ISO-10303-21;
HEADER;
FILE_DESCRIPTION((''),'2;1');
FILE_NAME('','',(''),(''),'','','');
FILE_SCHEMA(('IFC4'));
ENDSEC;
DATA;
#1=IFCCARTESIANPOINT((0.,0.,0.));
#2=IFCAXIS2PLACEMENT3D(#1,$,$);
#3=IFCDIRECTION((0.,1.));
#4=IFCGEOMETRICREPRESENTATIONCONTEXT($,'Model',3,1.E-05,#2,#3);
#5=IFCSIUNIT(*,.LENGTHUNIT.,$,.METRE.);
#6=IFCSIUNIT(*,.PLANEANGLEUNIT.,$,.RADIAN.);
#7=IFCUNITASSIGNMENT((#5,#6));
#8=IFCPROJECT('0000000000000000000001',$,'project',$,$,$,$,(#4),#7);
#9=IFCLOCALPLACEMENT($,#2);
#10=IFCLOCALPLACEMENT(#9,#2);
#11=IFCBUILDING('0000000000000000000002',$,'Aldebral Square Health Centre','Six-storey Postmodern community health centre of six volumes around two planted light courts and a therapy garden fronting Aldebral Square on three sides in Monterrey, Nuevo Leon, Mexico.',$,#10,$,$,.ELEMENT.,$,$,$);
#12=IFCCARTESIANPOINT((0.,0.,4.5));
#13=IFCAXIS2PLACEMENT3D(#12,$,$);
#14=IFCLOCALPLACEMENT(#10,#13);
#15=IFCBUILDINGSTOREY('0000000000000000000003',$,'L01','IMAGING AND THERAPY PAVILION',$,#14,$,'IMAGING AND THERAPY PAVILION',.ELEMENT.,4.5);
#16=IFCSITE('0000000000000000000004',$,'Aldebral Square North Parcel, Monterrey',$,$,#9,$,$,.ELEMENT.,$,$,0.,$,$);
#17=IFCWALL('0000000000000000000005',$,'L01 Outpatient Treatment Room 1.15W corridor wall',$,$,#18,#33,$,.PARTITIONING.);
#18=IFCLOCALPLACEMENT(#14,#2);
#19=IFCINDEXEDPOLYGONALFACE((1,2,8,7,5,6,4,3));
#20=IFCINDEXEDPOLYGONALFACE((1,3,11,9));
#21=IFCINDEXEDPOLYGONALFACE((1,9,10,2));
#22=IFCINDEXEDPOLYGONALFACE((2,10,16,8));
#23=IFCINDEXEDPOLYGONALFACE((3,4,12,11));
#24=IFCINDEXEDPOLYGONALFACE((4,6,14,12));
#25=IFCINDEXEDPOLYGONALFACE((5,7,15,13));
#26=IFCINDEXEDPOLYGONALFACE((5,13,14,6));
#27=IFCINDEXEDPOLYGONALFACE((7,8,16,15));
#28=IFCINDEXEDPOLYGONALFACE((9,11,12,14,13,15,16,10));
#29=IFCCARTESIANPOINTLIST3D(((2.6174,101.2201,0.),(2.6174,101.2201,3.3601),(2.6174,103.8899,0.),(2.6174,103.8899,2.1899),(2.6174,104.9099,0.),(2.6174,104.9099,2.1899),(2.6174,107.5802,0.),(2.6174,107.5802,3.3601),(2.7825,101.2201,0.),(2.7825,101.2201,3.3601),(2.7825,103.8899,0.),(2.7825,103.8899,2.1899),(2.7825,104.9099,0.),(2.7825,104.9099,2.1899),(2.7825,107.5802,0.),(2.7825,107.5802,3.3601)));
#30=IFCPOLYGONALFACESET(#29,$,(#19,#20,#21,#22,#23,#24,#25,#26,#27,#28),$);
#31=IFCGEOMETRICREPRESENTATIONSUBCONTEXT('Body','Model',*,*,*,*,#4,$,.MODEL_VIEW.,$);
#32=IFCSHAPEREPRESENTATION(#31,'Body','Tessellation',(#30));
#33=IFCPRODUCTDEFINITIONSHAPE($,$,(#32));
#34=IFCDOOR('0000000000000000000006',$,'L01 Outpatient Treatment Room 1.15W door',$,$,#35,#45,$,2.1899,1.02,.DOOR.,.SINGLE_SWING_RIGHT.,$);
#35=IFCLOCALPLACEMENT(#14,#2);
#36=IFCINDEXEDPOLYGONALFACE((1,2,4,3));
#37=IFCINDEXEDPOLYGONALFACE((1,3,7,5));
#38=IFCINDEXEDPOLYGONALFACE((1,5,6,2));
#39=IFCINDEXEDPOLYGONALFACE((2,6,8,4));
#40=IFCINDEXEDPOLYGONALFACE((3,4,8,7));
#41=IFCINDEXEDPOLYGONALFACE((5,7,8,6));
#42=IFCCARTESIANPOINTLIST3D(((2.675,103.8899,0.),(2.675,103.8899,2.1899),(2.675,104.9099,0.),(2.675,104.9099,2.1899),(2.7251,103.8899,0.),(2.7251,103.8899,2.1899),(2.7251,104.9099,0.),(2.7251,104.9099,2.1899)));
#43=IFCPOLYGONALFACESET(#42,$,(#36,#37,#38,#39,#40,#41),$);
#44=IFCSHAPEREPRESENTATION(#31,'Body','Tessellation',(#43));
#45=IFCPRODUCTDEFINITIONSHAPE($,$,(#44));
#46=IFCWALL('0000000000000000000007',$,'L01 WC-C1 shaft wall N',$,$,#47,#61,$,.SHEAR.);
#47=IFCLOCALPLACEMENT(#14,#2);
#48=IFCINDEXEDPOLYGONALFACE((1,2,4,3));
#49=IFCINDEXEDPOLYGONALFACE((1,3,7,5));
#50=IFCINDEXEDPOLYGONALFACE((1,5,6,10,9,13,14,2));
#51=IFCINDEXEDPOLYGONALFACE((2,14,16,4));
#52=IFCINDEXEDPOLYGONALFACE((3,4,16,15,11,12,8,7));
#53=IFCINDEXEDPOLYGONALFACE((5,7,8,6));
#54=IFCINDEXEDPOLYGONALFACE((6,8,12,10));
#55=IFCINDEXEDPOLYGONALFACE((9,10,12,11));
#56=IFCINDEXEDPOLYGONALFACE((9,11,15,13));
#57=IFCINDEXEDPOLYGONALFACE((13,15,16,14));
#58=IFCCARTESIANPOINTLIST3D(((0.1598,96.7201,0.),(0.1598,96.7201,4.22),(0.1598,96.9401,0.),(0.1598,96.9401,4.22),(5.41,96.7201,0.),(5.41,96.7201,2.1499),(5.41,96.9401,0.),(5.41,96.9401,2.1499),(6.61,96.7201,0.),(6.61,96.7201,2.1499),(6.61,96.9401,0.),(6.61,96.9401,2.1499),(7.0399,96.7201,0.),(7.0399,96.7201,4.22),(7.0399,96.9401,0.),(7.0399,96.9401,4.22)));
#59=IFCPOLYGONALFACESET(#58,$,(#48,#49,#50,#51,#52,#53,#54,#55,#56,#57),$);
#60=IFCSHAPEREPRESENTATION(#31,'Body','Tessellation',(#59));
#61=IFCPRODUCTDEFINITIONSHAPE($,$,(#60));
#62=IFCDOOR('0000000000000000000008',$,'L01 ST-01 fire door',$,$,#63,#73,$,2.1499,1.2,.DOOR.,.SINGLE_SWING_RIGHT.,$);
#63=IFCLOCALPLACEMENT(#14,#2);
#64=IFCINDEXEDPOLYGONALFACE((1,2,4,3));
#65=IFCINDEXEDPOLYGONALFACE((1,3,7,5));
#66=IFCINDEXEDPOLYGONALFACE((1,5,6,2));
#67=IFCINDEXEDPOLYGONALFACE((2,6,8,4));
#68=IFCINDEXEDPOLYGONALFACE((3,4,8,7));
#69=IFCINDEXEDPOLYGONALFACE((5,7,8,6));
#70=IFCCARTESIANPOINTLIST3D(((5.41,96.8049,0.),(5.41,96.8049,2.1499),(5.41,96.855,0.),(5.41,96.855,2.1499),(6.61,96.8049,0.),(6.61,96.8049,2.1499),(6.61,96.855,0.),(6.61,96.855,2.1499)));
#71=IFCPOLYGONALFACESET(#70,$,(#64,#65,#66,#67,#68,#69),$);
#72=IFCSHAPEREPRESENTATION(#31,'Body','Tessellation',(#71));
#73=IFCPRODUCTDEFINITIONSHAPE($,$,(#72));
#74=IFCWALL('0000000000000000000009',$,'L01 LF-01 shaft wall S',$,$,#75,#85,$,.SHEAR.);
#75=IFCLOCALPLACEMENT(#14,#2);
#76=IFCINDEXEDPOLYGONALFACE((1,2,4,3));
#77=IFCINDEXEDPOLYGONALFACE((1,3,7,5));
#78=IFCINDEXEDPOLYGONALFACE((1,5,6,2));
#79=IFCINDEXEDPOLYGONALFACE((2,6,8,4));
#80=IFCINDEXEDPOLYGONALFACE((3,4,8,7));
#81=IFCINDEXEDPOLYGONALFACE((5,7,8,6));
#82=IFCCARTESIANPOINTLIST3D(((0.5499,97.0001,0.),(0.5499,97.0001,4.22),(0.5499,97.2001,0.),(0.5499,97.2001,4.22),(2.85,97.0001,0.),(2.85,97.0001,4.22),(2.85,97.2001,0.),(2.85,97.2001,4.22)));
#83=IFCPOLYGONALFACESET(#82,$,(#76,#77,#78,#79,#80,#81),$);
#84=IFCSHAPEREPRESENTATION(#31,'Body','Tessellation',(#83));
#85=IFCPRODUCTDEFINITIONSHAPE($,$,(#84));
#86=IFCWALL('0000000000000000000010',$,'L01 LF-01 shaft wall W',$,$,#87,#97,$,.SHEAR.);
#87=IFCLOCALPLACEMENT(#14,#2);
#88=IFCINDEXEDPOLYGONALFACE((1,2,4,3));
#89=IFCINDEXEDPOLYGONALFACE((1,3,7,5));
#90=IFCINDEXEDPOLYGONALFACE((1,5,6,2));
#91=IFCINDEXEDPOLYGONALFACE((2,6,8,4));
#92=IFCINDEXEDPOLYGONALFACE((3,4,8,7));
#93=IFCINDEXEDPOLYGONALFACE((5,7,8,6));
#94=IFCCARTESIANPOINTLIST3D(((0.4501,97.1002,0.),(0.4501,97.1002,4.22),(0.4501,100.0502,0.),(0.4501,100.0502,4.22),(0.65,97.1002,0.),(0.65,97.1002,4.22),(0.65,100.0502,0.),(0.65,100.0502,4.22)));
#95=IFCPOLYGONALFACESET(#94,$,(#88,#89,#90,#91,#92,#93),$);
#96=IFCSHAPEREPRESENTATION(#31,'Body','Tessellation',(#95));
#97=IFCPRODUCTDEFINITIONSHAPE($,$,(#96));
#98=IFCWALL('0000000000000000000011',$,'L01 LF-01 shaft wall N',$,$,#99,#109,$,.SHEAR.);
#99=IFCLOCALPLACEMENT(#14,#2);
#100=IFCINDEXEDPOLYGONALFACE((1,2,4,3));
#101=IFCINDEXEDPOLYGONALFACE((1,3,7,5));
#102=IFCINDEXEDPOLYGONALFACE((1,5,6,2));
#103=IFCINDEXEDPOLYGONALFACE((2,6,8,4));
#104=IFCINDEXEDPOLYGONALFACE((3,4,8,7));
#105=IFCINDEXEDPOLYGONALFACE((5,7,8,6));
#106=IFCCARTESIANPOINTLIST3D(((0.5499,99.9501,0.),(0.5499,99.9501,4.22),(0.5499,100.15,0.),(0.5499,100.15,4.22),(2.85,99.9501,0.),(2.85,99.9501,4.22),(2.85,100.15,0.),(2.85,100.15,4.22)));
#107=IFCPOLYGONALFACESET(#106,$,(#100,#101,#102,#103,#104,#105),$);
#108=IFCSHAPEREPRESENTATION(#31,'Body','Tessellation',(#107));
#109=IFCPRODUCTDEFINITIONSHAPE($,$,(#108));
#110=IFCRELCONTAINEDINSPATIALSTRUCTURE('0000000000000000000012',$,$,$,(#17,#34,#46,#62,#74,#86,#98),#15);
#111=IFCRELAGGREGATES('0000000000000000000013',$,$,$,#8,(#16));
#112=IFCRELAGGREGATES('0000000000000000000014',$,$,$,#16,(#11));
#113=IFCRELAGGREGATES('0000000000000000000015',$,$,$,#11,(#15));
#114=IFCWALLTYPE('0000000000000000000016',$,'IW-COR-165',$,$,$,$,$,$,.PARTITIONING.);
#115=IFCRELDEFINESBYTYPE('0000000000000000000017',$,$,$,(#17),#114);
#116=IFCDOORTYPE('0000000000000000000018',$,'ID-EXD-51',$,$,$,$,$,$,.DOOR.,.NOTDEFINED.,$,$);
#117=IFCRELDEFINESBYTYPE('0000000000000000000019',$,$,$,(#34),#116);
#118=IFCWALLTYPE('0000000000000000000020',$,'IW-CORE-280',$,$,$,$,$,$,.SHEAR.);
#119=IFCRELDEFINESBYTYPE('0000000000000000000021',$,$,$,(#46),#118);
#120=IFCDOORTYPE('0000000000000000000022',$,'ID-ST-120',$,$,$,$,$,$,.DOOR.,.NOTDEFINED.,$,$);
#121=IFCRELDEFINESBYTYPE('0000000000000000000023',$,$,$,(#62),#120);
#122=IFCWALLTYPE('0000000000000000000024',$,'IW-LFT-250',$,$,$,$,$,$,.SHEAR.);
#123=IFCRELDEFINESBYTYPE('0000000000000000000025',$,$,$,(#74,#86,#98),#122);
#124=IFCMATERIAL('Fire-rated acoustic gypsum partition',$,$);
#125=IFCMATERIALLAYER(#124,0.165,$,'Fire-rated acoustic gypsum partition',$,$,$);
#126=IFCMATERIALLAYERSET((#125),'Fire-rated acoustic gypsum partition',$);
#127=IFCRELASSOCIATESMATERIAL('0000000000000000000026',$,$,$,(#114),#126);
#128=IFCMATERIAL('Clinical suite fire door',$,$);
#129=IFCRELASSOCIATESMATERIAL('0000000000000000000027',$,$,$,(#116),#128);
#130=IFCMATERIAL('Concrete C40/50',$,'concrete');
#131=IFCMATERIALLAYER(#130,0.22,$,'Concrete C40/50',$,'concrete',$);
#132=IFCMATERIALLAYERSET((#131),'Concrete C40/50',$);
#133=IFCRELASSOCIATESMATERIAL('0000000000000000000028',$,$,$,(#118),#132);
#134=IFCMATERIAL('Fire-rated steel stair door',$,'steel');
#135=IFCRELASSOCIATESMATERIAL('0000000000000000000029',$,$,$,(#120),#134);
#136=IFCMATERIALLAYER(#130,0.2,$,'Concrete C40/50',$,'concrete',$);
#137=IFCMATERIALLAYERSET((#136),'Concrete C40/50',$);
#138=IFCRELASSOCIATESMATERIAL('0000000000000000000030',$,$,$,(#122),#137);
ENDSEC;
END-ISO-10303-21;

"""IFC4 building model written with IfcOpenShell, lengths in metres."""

from ifc_helpers import new_model, si_unit, direction, frame, frame_2d, origin, place, context, subcontext, project, spatial, rectangle, extrude, material, layer, layer_set, type_object, element, fill, save


model = new_model("IFC4")

# Units and contexts
model_context = context("Model", 3, precision=1e-05, world=origin(), true_north=direction((0.0, 1.0)))
body_context = subcontext(model_context, "Body", "Model", "MODEL_VIEW")
ifc_project = project(units=[si_unit("LENGTHUNIT", "METRE"), si_unit("PLANEANGLEUNIT", "RADIAN")], contexts=[model_context])

# Site, building, storey
site_placement = place(None, origin())
site = spatial("IfcSite", under=ifc_project, at=site_placement, Name="Aldebral Square North Parcel, Monterrey", CompositionType="ELEMENT", RefElevation=0.0)
building_placement = place(site_placement, origin())
building = spatial("IfcBuilding", under=site, at=building_placement, Name="Aldebral Square Health Centre", Description="Six-storey Postmodern community health centre of six volumes around two planted light courts and a therapy garden fronting Aldebral Square on three sides in Monterrey, Nuevo Leon, Mexico.", CompositionType="ELEMENT")
storey_placement = place(building_placement, frame((0.0, 0.0, 4.5)))
storey = spatial("IfcBuildingStorey", under=building, at=storey_placement, Name="L01", Description="IMAGING AND THERAPY PAVILION", LongName="IMAGING AND THERAPY PAVILION", CompositionType="ELEMENT", Elevation=4.5)

# Shared definitions
ifc_material_1 = material(Name="Concrete C40/50", Category="concrete")

# Walls, openings, doors
ifc_material_2 = material(Name="Fire-rated acoustic gypsum partition")
ifc_layer_1 = layer(ifc_material_2, 0.165, Name="Fire-rated acoustic gypsum partition")
ifc_layer_set_1 = layer_set([ifc_layer_1], Name="Fire-rated acoustic gypsum partition")
wall_type_1 = type_object("IfcWallType", Name="IW-COR-165", PredefinedType="PARTITIONING", material=ifc_layer_set_1)
wall_1_placement = place(storey_placement, frame((2.7, 101.22, 0.0), z_axis=(0.0, 0.0, 1.0), x_axis=(0.0, 1.0, 0.0)))
wall_1 = element("IfcWall", 1, at=wall_1_placement, inside=storey, type_object=wall_type_1, Name="L01 Outpatient Treatment Room 1.15W corridor wall", PredefinedType="PARTITIONING", context=body_context, shape_type="SweptSolid", body=[
    extrude(rectangle(XDim=6.3601, YDim=0.165, at=frame_2d((3.1802, 0.0))), origin(), (0.0, 0.0, 1.0), 3.3601),
])
opening_1_placement = place(wall_1_placement, frame((2.6699, 0.0, 0.0)))
opening_1 = element("IfcOpeningElement", 2, at=opening_1_placement, cuts=wall_1, PredefinedType="OPENING", context=body_context, shape_type="SweptSolid", body=[
    extrude(rectangle(XDim=1.02, YDim=2.1899, at=frame_2d((0.51, 1.095))), frame((0.0, 0.0925, 0.0), z_axis=(0.0, -1.0, 0.0), x_axis=(1.0, 0.0, 0.0)), (0.0, 0.0, 1.0), 0.1851),
])
ifc_material_3 = material(Name="Clinical suite fire door")
door_type_1 = type_object("IfcDoorType", Name="ID-EXD-51", OperationType="NOTDEFINED", PredefinedType="DOOR", material=ifc_material_3)
door_1_placement = place(opening_1_placement, origin())
door_1 = element("IfcDoor", 3, at=door_1_placement, inside=storey, type_object=door_type_1, Name="L01 Outpatient Treatment Room 1.15W door", OperationType="SINGLE_SWING_RIGHT", OverallHeight=2.1899, OverallWidth=1.02, PredefinedType="DOOR", context=body_context, shape_type="SweptSolid", body=[
    extrude(rectangle(XDim=1.02, YDim=2.1899, at=frame_2d((0.51, 1.095))), frame((0.0, 0.0249, 0.0), z_axis=(0.0, -1.0, 0.0), x_axis=(1.0, 0.0, 0.0)), (0.0, 0.0, 1.0), 0.05),
])
fill(opening_1, door_1)
ifc_layer_2 = layer(ifc_material_1, 0.22, Name="Concrete C40/50", Category="concrete")
ifc_layer_set_2 = layer_set([ifc_layer_2], Name="Concrete C40/50")
wall_type_2 = type_object("IfcWallType", Name="IW-CORE-280", PredefinedType="SHEAR", material=ifc_layer_set_2)
wall_2_placement = place(storey_placement, frame((0.1599, 96.8301, 0.0), z_axis=(0.0, 0.0, 1.0), x_axis=(1.0, 0.0, 0.0)))
wall_2 = element("IfcWall", 4, at=wall_2_placement, inside=storey, type_object=wall_type_2, Name="L01 WC-C1 shaft wall N", PredefinedType="SHEAR", context=body_context, shape_type="SweptSolid", body=[
    extrude(rectangle(XDim=6.8801, YDim=0.22, at=frame_2d((3.4399, 0.0))), origin(), (0.0, 0.0, 1.0), 4.22),
])
opening_2_placement = place(wall_2_placement, frame((5.25, 0.0, 0.0)))
opening_2 = element("IfcOpeningElement", 5, at=opening_2_placement, cuts=wall_2, PredefinedType="OPENING", context=body_context, shape_type="SweptSolid", body=[
    extrude(rectangle(XDim=1.2, YDim=2.1499, at=frame_2d((0.6001, 1.075))), frame((0.0, 0.1201, 0.0), z_axis=(0.0, -1.0, 0.0), x_axis=(1.0, 0.0, 0.0)), (0.0, 0.0, 1.0), 0.24),
])
ifc_material_4 = material(Name="Fire-rated steel stair door", Category="steel")
door_type_2 = type_object("IfcDoorType", Name="ID-ST-120", OperationType="NOTDEFINED", PredefinedType="DOOR", material=ifc_material_4)
door_2_placement = place(opening_2_placement, origin())
door_2 = element("IfcDoor", 6, at=door_2_placement, inside=storey, type_object=door_type_2, Name="L01 ST-01 fire door", OperationType="SINGLE_SWING_RIGHT", OverallHeight=2.1499, OverallWidth=1.2, PredefinedType="DOOR", context=body_context, shape_type="SweptSolid", body=[
    extrude(rectangle(XDim=1.2, YDim=2.1499, at=frame_2d((0.6001, 1.075))), frame((0.0, 0.0249, 0.0), z_axis=(0.0, -1.0, 0.0), x_axis=(1.0, 0.0, 0.0)), (0.0, 0.0, 1.0), 0.05),
])
fill(opening_2, door_2)

# Walls
ifc_layer_3 = layer(ifc_material_1, 0.2, Name="Concrete C40/50", Category="concrete")
ifc_layer_set_3 = layer_set([ifc_layer_3], Name="Concrete C40/50")
wall_type_3 = type_object("IfcWallType", Name="IW-LFT-250", PredefinedType="SHEAR", material=ifc_layer_set_3)
wall_3_placement = place(storey_placement, frame((0.55, 97.1001, 0.0), z_axis=(0.0, 0.0, 1.0), x_axis=(1.0, 0.0, 0.0)))
element("IfcWall", 7, at=wall_3_placement, inside=storey, type_object=wall_type_3, Name="L01 LF-01 shaft wall S", PredefinedType="SHEAR", context=body_context, shape_type="SweptSolid", body=[
    extrude(rectangle(XDim=2.3, YDim=0.2, at=frame_2d((1.1499, 0.0))), origin(), (0.0, 0.0, 1.0), 4.22),
])
wall_4_placement = place(storey_placement, frame((0.55, 97.1001, 0.0), z_axis=(0.0, 0.0, 1.0), x_axis=(0.0, 1.0, 0.0)))
element("IfcWall", 8, at=wall_4_placement, inside=storey, type_object=wall_type_3, Name="L01 LF-01 shaft wall W", PredefinedType="SHEAR", context=body_context, shape_type="SweptSolid", body=[
    extrude(rectangle(XDim=2.95, YDim=0.2, at=frame_2d((1.4751, 0.0))), origin(), (0.0, 0.0, 1.0), 4.22),
])
wall_5_placement = place(storey_placement, frame((0.55, 100.05, 0.0), z_axis=(0.0, 0.0, 1.0), x_axis=(1.0, 0.0, 0.0)))
element("IfcWall", 9, at=wall_5_placement, inside=storey, type_object=wall_type_3, Name="L01 LF-01 shaft wall N", PredefinedType="SHEAR", context=body_context, shape_type="SweptSolid", body=[
    extrude(rectangle(XDim=2.3, YDim=0.2, at=frame_2d((1.1499, 0.0))), origin(), (0.0, 0.0, 1.0), 4.22),
])

save(model, "model.ifc")
